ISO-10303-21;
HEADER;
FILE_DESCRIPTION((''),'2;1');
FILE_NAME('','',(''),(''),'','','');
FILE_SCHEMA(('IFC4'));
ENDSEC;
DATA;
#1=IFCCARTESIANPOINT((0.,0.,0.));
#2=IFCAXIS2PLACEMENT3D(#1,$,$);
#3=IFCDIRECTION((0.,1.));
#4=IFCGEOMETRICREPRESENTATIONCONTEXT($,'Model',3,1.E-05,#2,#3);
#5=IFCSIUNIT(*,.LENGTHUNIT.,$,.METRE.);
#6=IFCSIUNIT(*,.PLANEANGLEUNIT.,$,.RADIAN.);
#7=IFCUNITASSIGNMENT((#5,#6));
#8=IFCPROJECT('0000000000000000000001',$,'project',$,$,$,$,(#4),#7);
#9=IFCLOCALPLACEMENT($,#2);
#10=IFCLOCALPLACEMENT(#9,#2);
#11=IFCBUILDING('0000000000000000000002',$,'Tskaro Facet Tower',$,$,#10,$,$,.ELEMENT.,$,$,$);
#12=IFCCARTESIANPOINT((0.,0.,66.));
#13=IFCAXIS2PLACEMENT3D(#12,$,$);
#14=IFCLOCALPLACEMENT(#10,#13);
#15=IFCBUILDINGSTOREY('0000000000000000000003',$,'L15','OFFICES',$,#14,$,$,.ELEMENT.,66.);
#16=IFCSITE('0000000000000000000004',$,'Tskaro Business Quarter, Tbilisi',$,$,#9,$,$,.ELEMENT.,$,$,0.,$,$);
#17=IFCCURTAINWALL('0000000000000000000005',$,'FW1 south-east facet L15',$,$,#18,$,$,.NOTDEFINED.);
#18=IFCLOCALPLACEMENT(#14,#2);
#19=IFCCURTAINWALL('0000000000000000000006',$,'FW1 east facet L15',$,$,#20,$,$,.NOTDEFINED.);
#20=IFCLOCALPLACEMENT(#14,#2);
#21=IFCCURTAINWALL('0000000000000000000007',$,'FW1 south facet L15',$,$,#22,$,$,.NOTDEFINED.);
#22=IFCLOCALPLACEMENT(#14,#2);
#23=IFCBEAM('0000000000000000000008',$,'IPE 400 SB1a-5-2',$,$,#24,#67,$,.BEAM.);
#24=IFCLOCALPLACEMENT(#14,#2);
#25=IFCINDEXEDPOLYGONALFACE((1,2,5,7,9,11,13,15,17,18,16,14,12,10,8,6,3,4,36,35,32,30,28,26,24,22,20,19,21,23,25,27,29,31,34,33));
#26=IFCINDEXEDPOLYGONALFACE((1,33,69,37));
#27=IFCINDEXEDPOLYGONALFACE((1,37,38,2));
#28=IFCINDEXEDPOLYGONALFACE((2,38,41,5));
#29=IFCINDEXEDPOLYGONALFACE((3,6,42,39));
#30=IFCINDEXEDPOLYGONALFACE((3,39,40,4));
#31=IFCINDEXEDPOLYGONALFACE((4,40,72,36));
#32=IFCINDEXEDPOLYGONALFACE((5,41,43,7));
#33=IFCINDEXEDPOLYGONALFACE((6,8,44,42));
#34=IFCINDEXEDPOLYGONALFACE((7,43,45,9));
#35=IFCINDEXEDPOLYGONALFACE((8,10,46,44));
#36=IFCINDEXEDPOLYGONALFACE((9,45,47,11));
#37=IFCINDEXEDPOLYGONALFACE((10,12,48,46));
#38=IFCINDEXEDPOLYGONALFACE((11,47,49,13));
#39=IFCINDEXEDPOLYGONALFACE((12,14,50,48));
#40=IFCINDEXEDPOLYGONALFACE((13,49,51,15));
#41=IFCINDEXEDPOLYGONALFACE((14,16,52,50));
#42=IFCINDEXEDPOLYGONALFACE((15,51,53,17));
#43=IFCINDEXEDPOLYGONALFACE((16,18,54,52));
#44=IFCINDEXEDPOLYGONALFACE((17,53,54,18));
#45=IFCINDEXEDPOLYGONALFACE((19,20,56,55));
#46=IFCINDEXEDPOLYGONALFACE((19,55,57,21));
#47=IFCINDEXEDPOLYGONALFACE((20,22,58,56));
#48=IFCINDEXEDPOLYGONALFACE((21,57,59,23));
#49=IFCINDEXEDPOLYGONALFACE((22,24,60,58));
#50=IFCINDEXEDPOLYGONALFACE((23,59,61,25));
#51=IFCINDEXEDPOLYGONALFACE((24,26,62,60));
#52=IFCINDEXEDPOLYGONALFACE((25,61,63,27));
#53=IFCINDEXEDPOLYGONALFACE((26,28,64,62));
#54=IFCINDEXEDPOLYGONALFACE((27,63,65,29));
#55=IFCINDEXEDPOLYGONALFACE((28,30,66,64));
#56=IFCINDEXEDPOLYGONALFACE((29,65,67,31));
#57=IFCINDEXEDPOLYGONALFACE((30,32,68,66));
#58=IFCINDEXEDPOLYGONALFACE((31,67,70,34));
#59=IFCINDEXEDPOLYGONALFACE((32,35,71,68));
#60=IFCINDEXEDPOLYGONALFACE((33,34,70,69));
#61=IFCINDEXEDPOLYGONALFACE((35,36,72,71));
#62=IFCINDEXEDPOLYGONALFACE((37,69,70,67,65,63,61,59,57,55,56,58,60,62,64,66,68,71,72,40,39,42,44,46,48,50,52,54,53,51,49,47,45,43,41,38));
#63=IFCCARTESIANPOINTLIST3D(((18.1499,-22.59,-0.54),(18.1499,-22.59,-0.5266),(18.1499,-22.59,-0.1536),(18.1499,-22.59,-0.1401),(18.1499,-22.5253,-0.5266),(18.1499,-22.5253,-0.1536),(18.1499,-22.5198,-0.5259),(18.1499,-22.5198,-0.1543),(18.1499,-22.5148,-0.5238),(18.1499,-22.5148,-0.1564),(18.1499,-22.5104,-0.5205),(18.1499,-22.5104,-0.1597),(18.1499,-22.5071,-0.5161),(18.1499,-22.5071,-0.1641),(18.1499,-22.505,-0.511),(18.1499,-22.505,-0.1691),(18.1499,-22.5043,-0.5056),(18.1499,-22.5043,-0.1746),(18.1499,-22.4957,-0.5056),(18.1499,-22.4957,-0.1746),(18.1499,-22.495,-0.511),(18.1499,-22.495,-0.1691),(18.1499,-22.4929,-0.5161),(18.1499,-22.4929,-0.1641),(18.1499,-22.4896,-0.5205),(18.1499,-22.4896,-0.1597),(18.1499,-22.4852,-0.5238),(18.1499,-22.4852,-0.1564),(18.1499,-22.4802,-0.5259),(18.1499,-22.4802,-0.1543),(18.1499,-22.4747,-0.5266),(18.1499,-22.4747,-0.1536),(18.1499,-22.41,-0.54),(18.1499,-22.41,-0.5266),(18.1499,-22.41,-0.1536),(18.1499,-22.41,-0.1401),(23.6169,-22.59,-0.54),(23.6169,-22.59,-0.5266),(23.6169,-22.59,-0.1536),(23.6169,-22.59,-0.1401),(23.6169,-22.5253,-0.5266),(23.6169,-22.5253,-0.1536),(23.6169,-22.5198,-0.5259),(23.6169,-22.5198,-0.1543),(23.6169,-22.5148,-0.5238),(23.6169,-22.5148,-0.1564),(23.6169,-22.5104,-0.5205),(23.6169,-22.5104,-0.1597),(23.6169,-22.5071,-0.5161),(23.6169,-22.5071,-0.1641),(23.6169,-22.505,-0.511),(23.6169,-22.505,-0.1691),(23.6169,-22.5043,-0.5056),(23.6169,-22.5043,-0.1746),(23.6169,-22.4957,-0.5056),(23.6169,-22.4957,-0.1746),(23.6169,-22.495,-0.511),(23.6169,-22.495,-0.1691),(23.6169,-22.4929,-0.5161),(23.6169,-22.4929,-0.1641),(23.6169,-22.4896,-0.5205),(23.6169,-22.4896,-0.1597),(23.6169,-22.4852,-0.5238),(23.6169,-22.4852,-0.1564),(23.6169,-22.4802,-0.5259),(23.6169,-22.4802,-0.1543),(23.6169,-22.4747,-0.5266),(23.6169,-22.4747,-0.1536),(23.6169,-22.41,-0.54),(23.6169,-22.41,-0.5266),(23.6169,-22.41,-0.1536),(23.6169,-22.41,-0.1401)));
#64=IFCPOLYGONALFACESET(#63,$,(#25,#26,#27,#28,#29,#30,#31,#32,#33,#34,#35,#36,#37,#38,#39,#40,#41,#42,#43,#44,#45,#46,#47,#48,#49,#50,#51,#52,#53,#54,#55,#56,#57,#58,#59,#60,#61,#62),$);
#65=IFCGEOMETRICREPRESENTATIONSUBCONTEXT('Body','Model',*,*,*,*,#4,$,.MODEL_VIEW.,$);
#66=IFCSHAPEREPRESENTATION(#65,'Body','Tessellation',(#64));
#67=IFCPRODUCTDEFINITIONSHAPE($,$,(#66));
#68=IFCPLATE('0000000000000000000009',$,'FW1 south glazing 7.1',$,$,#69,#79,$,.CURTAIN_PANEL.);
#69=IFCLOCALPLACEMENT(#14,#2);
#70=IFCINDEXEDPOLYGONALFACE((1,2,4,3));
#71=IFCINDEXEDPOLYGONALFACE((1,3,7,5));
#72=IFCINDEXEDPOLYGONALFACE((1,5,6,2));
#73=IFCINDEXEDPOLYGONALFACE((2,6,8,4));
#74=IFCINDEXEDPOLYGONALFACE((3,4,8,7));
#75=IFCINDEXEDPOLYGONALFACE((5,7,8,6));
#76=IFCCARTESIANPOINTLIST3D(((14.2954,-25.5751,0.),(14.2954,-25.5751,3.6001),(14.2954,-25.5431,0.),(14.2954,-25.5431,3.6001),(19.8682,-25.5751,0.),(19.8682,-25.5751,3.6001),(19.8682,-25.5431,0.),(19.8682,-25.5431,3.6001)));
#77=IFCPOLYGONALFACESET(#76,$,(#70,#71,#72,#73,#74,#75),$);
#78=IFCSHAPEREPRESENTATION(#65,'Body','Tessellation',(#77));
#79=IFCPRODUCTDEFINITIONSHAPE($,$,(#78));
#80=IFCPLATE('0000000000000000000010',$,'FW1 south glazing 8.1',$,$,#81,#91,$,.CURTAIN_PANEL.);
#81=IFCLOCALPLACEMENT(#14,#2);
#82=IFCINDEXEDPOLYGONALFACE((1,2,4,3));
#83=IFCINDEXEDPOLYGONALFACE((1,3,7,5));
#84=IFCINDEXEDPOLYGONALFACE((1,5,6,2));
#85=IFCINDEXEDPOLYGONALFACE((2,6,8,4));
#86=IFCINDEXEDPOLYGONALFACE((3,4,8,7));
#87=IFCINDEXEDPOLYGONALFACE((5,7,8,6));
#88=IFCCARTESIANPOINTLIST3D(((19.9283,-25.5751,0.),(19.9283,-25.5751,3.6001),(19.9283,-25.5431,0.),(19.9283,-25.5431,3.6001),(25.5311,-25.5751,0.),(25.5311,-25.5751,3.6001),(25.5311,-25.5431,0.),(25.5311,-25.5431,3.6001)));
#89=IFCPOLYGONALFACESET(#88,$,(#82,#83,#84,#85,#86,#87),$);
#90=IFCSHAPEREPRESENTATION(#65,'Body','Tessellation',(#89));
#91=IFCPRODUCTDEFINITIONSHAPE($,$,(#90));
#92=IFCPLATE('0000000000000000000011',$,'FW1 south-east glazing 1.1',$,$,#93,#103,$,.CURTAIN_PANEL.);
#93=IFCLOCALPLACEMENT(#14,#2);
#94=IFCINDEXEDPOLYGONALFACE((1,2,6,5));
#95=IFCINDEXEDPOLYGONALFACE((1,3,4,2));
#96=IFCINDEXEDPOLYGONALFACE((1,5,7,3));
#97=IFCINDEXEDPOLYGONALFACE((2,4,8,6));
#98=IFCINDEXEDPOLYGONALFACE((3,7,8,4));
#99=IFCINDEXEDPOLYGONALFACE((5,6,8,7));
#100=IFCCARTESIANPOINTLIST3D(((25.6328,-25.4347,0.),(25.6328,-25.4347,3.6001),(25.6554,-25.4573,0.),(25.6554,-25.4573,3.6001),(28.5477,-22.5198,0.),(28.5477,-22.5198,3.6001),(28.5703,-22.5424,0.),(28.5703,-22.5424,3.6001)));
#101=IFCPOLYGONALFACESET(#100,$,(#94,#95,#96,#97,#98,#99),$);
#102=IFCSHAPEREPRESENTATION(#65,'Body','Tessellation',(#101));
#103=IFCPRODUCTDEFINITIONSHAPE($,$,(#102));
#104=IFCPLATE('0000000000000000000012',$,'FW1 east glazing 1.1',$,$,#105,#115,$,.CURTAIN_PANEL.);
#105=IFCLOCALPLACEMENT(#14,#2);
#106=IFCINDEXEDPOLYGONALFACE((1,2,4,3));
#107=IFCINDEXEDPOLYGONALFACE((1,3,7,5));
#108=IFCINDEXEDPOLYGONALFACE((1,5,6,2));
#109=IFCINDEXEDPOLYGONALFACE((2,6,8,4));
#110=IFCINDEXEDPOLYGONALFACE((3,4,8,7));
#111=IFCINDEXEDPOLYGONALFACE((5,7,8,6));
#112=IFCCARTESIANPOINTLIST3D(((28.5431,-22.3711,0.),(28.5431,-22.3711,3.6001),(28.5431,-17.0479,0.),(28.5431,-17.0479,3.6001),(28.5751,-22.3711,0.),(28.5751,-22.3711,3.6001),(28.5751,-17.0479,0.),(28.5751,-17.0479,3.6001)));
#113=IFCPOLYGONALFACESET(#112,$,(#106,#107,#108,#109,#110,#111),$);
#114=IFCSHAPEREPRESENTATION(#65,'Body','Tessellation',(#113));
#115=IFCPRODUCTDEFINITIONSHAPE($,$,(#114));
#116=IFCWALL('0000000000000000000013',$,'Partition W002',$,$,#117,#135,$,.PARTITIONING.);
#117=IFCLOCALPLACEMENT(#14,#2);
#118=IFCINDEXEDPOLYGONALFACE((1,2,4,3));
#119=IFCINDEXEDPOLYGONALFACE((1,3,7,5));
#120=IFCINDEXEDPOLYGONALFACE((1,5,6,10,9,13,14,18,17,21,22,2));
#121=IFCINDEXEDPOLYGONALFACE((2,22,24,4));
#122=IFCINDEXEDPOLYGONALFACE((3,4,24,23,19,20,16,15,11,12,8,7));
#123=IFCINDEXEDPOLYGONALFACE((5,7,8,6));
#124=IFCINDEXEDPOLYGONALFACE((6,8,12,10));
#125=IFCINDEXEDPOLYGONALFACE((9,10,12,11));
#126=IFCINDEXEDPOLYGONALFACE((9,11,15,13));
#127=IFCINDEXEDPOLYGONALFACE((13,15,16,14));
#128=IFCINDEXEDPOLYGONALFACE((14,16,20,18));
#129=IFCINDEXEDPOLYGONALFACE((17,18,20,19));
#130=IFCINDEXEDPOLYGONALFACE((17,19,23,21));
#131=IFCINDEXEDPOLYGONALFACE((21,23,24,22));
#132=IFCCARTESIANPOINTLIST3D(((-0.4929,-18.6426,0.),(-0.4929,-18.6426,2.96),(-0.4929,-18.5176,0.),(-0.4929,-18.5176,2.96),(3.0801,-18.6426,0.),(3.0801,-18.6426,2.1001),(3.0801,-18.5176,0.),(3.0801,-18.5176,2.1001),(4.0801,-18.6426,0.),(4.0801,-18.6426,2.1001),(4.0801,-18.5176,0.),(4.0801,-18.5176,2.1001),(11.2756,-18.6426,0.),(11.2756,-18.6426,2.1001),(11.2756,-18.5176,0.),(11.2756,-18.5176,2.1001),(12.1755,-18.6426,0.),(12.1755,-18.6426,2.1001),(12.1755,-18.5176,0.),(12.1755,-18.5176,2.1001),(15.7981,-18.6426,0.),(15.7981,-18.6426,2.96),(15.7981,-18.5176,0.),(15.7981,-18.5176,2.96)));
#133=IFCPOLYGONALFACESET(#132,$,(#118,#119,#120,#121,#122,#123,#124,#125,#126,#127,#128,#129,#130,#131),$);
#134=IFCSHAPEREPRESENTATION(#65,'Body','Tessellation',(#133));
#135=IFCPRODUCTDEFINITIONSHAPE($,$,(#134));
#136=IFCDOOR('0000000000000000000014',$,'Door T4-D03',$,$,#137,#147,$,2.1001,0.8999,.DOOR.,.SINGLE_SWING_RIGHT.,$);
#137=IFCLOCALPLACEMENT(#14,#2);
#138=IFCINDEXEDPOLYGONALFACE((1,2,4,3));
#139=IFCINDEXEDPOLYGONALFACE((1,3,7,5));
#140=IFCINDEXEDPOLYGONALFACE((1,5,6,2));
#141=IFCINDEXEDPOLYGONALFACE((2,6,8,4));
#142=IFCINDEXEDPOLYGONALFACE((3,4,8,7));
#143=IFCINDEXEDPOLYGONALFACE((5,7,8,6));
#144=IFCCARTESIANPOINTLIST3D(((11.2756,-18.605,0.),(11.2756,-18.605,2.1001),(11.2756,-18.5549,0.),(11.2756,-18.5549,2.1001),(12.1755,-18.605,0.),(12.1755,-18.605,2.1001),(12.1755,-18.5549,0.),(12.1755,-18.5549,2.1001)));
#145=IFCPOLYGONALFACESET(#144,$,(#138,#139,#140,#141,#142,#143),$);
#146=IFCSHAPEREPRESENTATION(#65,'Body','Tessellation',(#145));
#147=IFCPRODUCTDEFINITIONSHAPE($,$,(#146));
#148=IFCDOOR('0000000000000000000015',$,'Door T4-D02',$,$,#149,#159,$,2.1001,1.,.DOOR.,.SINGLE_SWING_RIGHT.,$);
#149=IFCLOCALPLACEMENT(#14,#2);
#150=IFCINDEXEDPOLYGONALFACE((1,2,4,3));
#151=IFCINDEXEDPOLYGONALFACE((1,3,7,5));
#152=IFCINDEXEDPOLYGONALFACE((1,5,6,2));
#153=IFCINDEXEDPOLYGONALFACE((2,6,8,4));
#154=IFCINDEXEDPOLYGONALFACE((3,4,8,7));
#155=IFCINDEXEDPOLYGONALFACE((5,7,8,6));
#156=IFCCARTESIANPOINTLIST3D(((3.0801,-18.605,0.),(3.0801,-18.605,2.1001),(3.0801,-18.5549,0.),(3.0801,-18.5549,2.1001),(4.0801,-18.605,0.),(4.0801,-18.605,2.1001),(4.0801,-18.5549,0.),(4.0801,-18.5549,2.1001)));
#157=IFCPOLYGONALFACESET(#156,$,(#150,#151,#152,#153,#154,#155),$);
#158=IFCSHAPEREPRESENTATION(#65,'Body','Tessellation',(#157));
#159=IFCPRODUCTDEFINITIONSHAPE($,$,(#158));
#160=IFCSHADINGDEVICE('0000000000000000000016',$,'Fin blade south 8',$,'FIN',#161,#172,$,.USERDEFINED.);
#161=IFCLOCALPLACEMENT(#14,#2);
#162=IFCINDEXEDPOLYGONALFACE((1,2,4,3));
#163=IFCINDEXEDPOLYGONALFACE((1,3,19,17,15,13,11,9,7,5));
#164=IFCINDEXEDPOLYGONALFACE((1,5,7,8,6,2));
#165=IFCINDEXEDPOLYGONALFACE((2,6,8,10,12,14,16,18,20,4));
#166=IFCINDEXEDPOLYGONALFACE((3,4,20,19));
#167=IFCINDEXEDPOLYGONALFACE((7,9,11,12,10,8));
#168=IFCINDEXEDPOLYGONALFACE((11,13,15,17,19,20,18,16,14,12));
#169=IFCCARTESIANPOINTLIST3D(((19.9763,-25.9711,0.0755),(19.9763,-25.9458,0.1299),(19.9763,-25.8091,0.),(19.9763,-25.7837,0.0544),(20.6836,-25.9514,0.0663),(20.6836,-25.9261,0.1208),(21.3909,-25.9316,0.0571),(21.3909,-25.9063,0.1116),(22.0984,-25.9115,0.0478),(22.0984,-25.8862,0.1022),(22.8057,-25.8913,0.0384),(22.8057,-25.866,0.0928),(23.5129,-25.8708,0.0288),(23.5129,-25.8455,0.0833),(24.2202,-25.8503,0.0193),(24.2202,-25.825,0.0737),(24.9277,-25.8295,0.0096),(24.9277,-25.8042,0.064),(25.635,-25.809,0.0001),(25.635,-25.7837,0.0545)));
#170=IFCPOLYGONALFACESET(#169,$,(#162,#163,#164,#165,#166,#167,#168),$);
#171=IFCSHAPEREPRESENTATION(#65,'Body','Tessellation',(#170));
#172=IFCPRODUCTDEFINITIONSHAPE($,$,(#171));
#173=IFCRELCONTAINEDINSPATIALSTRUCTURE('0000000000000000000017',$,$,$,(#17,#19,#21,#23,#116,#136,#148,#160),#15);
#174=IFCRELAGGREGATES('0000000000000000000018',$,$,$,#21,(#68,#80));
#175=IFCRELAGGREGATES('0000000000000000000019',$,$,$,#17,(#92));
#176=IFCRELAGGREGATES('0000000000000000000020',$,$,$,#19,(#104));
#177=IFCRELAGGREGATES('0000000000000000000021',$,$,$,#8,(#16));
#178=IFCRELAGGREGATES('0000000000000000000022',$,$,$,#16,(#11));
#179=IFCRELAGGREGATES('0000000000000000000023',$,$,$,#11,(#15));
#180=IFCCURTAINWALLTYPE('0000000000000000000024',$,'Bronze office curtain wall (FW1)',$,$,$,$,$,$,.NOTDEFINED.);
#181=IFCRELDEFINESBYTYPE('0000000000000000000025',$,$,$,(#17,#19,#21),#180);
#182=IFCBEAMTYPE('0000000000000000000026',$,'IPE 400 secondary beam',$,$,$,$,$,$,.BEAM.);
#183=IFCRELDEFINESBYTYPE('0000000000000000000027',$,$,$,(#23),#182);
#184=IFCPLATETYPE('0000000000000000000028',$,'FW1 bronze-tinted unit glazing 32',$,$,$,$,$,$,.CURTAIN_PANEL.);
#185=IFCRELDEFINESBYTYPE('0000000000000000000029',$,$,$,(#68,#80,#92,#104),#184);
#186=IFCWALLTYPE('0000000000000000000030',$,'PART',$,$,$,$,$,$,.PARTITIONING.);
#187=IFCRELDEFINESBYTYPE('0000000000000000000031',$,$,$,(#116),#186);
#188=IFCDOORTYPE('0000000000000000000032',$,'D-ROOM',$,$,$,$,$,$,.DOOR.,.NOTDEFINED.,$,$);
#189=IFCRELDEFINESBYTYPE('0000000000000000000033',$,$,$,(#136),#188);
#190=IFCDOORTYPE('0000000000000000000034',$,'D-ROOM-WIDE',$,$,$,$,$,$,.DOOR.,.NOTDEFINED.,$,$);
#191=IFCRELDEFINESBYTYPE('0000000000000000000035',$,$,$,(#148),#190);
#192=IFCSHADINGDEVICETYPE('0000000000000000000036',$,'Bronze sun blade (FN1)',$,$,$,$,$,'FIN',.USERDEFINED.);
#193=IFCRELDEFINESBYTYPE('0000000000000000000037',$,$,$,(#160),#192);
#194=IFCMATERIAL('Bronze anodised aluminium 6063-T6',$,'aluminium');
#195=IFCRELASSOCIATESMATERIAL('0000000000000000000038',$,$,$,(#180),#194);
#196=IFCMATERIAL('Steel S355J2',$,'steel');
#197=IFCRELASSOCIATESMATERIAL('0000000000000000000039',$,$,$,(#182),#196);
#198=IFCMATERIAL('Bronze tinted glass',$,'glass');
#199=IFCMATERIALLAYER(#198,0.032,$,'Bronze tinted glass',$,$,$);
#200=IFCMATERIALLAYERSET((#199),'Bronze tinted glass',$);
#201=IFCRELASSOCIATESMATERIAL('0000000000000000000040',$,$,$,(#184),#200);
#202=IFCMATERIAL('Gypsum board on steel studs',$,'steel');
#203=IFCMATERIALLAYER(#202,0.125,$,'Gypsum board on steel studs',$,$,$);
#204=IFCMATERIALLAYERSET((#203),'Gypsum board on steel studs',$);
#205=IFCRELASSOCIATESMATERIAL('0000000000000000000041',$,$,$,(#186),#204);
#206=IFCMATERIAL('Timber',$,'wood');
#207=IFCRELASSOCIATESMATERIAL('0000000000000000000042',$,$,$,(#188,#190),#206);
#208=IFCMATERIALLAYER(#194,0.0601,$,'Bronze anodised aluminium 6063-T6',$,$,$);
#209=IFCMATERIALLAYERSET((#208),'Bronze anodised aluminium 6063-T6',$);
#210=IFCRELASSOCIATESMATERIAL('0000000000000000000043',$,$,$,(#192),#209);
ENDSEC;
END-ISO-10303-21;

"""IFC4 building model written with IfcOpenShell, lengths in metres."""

from ifc_helpers import new_model, si_unit, direction, frame, frame_2d, origin, origin_2d, place, context, subcontext, project, spatial, polyline, rectangle, i_section, outline, extrude, material, layer, layer_set, material_profile, profile_set, type_object, element, fill, aggregate, save


model = new_model("IFC4")

# Units and contexts
model_context = context("Model", 3, precision=1e-05, world=origin(), true_north=direction((0.0, 1.0)))
body_context = subcontext(model_context, "Body", "Model", "MODEL_VIEW")
ifc_project = project(units=[si_unit("LENGTHUNIT", "METRE"), si_unit("PLANEANGLEUNIT", "RADIAN")], contexts=[model_context])

# Site, building, storey
site_placement = place(None, origin())
site = spatial("IfcSite", under=ifc_project, at=site_placement, Name="Tskaro Business Quarter, Tbilisi", CompositionType="ELEMENT", RefElevation=0.0)
building_placement = place(site_placement, origin())
building = spatial("IfcBuilding", under=site, at=building_placement, Name="Tskaro Facet Tower", CompositionType="ELEMENT")
storey_placement = place(building_placement, frame((0.0, 0.0, 66.0)))
storey = spatial("IfcBuildingStorey", under=building, at=storey_placement, Name="L15", Description="OFFICES", CompositionType="ELEMENT", Elevation=66.0)

# Curtain walls
ifc_material_1 = material(Name="Bronze anodised aluminium 6063-T6", Category="aluminium")
curtain_wall_type = type_object("IfcCurtainWallType", Name="Bronze office curtain wall (FW1)", PredefinedType="NOTDEFINED", material=ifc_material_1)
curtain_wall_1_placement = place(storey_placement, origin())
curtain_wall_1 = element("IfcCurtainWall", 1, at=curtain_wall_1_placement, inside=storey, type_object=curtain_wall_type, Name="FW1 south-east facet L15", PredefinedType="NOTDEFINED")
curtain_wall_2_placement = place(storey_placement, origin())
curtain_wall_2 = element("IfcCurtainWall", 2, at=curtain_wall_2_placement, inside=storey, type_object=curtain_wall_type, Name="FW1 east facet L15", PredefinedType="NOTDEFINED")

# Curtain wall
curtain_wall_3_placement = place(storey_placement, origin())
curtain_wall_3 = element("IfcCurtainWall", 3, at=curtain_wall_3_placement, inside=storey, type_object=curtain_wall_type, Name="FW1 south facet L15", PredefinedType="NOTDEFINED")

# Beam
ifc_material_2 = material(Name="Steel S355J2", Category="steel")
ifc_material_profile_1 = material_profile(ifc_material_2, i_section(OverallWidth=0.1799, OverallDepth=0.3999, WebThickness=0.0085, FlangeThickness=0.0134, FilletRadius=0.021, at=origin_2d()), Name="IPE 400")
ifc_profile_set_1 = profile_set([ifc_material_profile_1], Name="Steel S355J2")
beam_type_1 = type_object("IfcBeamType", Name="IPE 400 secondary beam", PredefinedType="BEAM", material=ifc_profile_set_1)
beam_1_placement = place(storey_placement, frame((18.1499, -22.5, -0.3401), z_axis=(1.0, 0.0, 0.0), x_axis=(0.0, 1.0, 0.0)))
element("IfcBeam", 4, at=beam_1_placement, inside=storey, type_object=beam_type_1, Name="IPE 400 SB1a-5-2", PredefinedType="BEAM", context=body_context, shape_type="SweptSolid", body=[
    extrude(i_section(OverallWidth=0.1799, OverallDepth=0.3999, WebThickness=0.0085, FlangeThickness=0.0134, FilletRadius=0.021, at=origin_2d()), origin(), (0.0, 0.0, 1.0), 5.467),
])

# Plates
ifc_material_3 = material(Name="Bronze tinted glass", Category="glass")
ifc_layer_1 = layer(ifc_material_3, 0.032, Name="Bronze tinted glass")
ifc_layer_set_1 = layer_set([ifc_layer_1], Name="Bronze tinted glass")
plate_type = type_object("IfcPlateType", Name="FW1 bronze-tinted unit glazing 32", PredefinedType="CURTAIN_PANEL", material=ifc_layer_set_1)
plate_1_placement = place(storey_placement, frame((17.0818, -25.5591, 0.0), z_axis=(0.0, 0.0, 1.0), x_axis=(1.0, 0.0, 0.0)))
plate_1 = element("IfcPlate", 5, at=plate_1_placement, type_object=plate_type, Name="FW1 south glazing 7.1", PredefinedType="CURTAIN_PANEL", context=body_context, shape_type="SweptSolid", body=[
    extrude(rectangle(XDim=5.5728, YDim=0.032, at=origin_2d()), origin(), (0.0, 0.0, 1.0), 3.6001),
])
plate_2_placement = place(storey_placement, frame((22.7297, -25.5591, 0.0), z_axis=(0.0, 0.0, 1.0), x_axis=(1.0, 0.0, 0.0)))
plate_2 = element("IfcPlate", 6, at=plate_2_placement, type_object=plate_type, Name="FW1 south glazing 8.1", PredefinedType="CURTAIN_PANEL", context=body_context, shape_type="SweptSolid", body=[
    extrude(rectangle(XDim=5.6028, YDim=0.032, at=origin_2d()), origin(), (0.0, 0.0, 1.0), 3.6001),
])
aggregate(curtain_wall_3, [plate_1, plate_2])
plate_3_placement = place(storey_placement, frame((27.1016, -23.9885, 0.0), z_axis=(0.0, 0.0, 1.0), x_axis=(0.707107, 0.707107, 0.0)))
plate_3 = element("IfcPlate", 7, at=plate_3_placement, type_object=plate_type, Name="FW1 south-east glazing 1.1", PredefinedType="CURTAIN_PANEL", context=body_context, shape_type="SweptSolid", body=[
    extrude(rectangle(XDim=4.1223, YDim=0.032, at=origin_2d()), origin(), (0.0, 0.0, 1.0), 3.6001),
])
aggregate(curtain_wall_1, [plate_3])
plate_4_placement = place(storey_placement, frame((28.5591, -19.7095, 0.0), z_axis=(0.0, 0.0, 1.0), x_axis=(0.0, 1.0, 0.0)))
plate_4 = element("IfcPlate", 8, at=plate_4_placement, type_object=plate_type, Name="FW1 east glazing 1.1", PredefinedType="CURTAIN_PANEL", context=body_context, shape_type="SweptSolid", body=[
    extrude(rectangle(XDim=5.3232, YDim=0.032, at=origin_2d()), origin(), (0.0, 0.0, 1.0), 3.6001),
])
aggregate(curtain_wall_2, [plate_4])

# Wall, openings, doors
ifc_material_4 = material(Name="Gypsum board on steel studs", Category="steel")
ifc_layer_2 = layer(ifc_material_4, 0.125, Name="Gypsum board on steel studs")
ifc_layer_set_2 = layer_set([ifc_layer_2], Name="Gypsum board on steel studs")
wall_type = type_object("IfcWallType", Name="PART", PredefinedType="PARTITIONING", material=ifc_layer_set_2)
wall_placement = place(storey_placement, frame((15.7981, -18.5801, 0.0), z_axis=(0.0, 0.0, 1.0), x_axis=(-1.0, 0.0, 0.0)))
wall = element("IfcWall", 9, at=wall_placement, inside=storey, type_object=wall_type, Name="Partition W002", PredefinedType="PARTITIONING", context=body_context, shape_type="SweptSolid", body=[
    extrude(rectangle(XDim=16.291, YDim=0.125, at=frame_2d((8.1455, 0.0))), origin(), (0.0, 0.0, 1.0), 2.96),
])
opening_1_placement = place(wall_placement, frame((11.718, 0.0, 0.0)))
opening_1 = element("IfcOpeningElement", 10, at=opening_1_placement, cuts=wall, PredefinedType="OPENING", context=body_context, shape_type="SweptSolid", body=[
    extrude(rectangle(XDim=1.0, YDim=2.1001, at=frame_2d((0.5, 1.05))), frame((0.0, 0.0725, 0.0), z_axis=(0.0, -1.0, 0.0), x_axis=(1.0, 0.0, 0.0)), (0.0, 0.0, 1.0), 0.145),
])
opening_2_placement = place(wall_placement, frame((3.6226, 0.0, 0.0)))
opening_2 = element("IfcOpeningElement", 11, at=opening_2_placement, cuts=wall, PredefinedType="OPENING", context=body_context, shape_type="SweptSolid", body=[
    extrude(rectangle(XDim=0.8999, YDim=2.1001, at=frame_2d((0.45, 1.05))), frame((0.0, 0.0725, 0.0), z_axis=(0.0, -1.0, 0.0), x_axis=(1.0, 0.0, 0.0)), (0.0, 0.0, 1.0), 0.145),
])
ifc_material_5 = material(Name="Timber", Category="wood")
door_type_1 = type_object("IfcDoorType", Name="D-ROOM", OperationType="NOTDEFINED", PredefinedType="DOOR", material=ifc_material_5)
door_1_placement = place(opening_2_placement, origin())
door_1 = element("IfcDoor", 12, at=door_1_placement, inside=storey, type_object=door_type_1, Name="Door T4-D03", OperationType="SINGLE_SWING_RIGHT", OverallHeight=2.1001, OverallWidth=0.8999, PredefinedType="DOOR", context=body_context, shape_type="SweptSolid", body=[
    extrude(rectangle(XDim=0.8999, YDim=2.1001, at=frame_2d((0.45, 1.05))), frame((0.0, 0.0249, 0.0), z_axis=(0.0, -1.0, 0.0), x_axis=(1.0, 0.0, 0.0)), (0.0, 0.0, 1.0), 0.05),
])
fill(opening_2, door_1)
door_type_2 = type_object("IfcDoorType", Name="D-ROOM-WIDE", OperationType="NOTDEFINED", PredefinedType="DOOR", material=ifc_material_5)
door_2_placement = place(opening_1_placement, origin())
door_2 = element("IfcDoor", 13, at=door_2_placement, inside=storey, type_object=door_type_2, Name="Door T4-D02", OperationType="SINGLE_SWING_RIGHT", OverallHeight=2.1001, OverallWidth=1.0, PredefinedType="DOOR", context=body_context, shape_type="SweptSolid", body=[
    extrude(rectangle(XDim=1.0, YDim=2.1001, at=frame_2d((0.5, 1.05))), frame((0.0, 0.0249, 0.0), z_axis=(0.0, -1.0, 0.0), x_axis=(1.0, 0.0, 0.0)), (0.0, 0.0, 1.0), 0.05),
])
fill(opening_1, door_2)

# Shading device
ifc_layer_3 = layer(ifc_material_1, 0.0601, Name="Bronze anodised aluminium 6063-T6")
ifc_layer_set_3 = layer_set([ifc_layer_3], Name="Bronze anodised aluminium 6063-T6")
shading_device_type = type_object("IfcShadingDeviceType", Name="Bronze sun blade (FN1)", ElementType="FIN", PredefinedType="USERDEFINED", material=ifc_layer_set_3)
shading_device_1_placement = place(storey_placement, frame((19.9763, -25.7837, 0.0544), z_axis=(-0.000013, 0.422284, 0.906464), x_axis=(1.0, 0.000005, 0.000012)))
element("IfcShadingDevice", 14, at=shading_device_1_placement, inside=storey, type_object=shading_device_type, Name="Fin blade south 8", ObjectType="FIN", PredefinedType="USERDEFINED", context=body_context, shape_type="SweptSolid", body=[
    extrude(outline(polyline([(0.0, 0.0), (5.6587, 0.0), (4.9514, -0.0226), (4.2439, -0.0455), (3.5366, -0.0682), (2.8293, -0.0908), (2.1221, -0.1131), (1.4146, -0.1352), (0.7073, -0.1571), (0.0, -0.1788), (0.0, 0.0)])), origin(), (0.0, 0.0, -1.0), 0.0601),
])

save(model, "model.ifc")
